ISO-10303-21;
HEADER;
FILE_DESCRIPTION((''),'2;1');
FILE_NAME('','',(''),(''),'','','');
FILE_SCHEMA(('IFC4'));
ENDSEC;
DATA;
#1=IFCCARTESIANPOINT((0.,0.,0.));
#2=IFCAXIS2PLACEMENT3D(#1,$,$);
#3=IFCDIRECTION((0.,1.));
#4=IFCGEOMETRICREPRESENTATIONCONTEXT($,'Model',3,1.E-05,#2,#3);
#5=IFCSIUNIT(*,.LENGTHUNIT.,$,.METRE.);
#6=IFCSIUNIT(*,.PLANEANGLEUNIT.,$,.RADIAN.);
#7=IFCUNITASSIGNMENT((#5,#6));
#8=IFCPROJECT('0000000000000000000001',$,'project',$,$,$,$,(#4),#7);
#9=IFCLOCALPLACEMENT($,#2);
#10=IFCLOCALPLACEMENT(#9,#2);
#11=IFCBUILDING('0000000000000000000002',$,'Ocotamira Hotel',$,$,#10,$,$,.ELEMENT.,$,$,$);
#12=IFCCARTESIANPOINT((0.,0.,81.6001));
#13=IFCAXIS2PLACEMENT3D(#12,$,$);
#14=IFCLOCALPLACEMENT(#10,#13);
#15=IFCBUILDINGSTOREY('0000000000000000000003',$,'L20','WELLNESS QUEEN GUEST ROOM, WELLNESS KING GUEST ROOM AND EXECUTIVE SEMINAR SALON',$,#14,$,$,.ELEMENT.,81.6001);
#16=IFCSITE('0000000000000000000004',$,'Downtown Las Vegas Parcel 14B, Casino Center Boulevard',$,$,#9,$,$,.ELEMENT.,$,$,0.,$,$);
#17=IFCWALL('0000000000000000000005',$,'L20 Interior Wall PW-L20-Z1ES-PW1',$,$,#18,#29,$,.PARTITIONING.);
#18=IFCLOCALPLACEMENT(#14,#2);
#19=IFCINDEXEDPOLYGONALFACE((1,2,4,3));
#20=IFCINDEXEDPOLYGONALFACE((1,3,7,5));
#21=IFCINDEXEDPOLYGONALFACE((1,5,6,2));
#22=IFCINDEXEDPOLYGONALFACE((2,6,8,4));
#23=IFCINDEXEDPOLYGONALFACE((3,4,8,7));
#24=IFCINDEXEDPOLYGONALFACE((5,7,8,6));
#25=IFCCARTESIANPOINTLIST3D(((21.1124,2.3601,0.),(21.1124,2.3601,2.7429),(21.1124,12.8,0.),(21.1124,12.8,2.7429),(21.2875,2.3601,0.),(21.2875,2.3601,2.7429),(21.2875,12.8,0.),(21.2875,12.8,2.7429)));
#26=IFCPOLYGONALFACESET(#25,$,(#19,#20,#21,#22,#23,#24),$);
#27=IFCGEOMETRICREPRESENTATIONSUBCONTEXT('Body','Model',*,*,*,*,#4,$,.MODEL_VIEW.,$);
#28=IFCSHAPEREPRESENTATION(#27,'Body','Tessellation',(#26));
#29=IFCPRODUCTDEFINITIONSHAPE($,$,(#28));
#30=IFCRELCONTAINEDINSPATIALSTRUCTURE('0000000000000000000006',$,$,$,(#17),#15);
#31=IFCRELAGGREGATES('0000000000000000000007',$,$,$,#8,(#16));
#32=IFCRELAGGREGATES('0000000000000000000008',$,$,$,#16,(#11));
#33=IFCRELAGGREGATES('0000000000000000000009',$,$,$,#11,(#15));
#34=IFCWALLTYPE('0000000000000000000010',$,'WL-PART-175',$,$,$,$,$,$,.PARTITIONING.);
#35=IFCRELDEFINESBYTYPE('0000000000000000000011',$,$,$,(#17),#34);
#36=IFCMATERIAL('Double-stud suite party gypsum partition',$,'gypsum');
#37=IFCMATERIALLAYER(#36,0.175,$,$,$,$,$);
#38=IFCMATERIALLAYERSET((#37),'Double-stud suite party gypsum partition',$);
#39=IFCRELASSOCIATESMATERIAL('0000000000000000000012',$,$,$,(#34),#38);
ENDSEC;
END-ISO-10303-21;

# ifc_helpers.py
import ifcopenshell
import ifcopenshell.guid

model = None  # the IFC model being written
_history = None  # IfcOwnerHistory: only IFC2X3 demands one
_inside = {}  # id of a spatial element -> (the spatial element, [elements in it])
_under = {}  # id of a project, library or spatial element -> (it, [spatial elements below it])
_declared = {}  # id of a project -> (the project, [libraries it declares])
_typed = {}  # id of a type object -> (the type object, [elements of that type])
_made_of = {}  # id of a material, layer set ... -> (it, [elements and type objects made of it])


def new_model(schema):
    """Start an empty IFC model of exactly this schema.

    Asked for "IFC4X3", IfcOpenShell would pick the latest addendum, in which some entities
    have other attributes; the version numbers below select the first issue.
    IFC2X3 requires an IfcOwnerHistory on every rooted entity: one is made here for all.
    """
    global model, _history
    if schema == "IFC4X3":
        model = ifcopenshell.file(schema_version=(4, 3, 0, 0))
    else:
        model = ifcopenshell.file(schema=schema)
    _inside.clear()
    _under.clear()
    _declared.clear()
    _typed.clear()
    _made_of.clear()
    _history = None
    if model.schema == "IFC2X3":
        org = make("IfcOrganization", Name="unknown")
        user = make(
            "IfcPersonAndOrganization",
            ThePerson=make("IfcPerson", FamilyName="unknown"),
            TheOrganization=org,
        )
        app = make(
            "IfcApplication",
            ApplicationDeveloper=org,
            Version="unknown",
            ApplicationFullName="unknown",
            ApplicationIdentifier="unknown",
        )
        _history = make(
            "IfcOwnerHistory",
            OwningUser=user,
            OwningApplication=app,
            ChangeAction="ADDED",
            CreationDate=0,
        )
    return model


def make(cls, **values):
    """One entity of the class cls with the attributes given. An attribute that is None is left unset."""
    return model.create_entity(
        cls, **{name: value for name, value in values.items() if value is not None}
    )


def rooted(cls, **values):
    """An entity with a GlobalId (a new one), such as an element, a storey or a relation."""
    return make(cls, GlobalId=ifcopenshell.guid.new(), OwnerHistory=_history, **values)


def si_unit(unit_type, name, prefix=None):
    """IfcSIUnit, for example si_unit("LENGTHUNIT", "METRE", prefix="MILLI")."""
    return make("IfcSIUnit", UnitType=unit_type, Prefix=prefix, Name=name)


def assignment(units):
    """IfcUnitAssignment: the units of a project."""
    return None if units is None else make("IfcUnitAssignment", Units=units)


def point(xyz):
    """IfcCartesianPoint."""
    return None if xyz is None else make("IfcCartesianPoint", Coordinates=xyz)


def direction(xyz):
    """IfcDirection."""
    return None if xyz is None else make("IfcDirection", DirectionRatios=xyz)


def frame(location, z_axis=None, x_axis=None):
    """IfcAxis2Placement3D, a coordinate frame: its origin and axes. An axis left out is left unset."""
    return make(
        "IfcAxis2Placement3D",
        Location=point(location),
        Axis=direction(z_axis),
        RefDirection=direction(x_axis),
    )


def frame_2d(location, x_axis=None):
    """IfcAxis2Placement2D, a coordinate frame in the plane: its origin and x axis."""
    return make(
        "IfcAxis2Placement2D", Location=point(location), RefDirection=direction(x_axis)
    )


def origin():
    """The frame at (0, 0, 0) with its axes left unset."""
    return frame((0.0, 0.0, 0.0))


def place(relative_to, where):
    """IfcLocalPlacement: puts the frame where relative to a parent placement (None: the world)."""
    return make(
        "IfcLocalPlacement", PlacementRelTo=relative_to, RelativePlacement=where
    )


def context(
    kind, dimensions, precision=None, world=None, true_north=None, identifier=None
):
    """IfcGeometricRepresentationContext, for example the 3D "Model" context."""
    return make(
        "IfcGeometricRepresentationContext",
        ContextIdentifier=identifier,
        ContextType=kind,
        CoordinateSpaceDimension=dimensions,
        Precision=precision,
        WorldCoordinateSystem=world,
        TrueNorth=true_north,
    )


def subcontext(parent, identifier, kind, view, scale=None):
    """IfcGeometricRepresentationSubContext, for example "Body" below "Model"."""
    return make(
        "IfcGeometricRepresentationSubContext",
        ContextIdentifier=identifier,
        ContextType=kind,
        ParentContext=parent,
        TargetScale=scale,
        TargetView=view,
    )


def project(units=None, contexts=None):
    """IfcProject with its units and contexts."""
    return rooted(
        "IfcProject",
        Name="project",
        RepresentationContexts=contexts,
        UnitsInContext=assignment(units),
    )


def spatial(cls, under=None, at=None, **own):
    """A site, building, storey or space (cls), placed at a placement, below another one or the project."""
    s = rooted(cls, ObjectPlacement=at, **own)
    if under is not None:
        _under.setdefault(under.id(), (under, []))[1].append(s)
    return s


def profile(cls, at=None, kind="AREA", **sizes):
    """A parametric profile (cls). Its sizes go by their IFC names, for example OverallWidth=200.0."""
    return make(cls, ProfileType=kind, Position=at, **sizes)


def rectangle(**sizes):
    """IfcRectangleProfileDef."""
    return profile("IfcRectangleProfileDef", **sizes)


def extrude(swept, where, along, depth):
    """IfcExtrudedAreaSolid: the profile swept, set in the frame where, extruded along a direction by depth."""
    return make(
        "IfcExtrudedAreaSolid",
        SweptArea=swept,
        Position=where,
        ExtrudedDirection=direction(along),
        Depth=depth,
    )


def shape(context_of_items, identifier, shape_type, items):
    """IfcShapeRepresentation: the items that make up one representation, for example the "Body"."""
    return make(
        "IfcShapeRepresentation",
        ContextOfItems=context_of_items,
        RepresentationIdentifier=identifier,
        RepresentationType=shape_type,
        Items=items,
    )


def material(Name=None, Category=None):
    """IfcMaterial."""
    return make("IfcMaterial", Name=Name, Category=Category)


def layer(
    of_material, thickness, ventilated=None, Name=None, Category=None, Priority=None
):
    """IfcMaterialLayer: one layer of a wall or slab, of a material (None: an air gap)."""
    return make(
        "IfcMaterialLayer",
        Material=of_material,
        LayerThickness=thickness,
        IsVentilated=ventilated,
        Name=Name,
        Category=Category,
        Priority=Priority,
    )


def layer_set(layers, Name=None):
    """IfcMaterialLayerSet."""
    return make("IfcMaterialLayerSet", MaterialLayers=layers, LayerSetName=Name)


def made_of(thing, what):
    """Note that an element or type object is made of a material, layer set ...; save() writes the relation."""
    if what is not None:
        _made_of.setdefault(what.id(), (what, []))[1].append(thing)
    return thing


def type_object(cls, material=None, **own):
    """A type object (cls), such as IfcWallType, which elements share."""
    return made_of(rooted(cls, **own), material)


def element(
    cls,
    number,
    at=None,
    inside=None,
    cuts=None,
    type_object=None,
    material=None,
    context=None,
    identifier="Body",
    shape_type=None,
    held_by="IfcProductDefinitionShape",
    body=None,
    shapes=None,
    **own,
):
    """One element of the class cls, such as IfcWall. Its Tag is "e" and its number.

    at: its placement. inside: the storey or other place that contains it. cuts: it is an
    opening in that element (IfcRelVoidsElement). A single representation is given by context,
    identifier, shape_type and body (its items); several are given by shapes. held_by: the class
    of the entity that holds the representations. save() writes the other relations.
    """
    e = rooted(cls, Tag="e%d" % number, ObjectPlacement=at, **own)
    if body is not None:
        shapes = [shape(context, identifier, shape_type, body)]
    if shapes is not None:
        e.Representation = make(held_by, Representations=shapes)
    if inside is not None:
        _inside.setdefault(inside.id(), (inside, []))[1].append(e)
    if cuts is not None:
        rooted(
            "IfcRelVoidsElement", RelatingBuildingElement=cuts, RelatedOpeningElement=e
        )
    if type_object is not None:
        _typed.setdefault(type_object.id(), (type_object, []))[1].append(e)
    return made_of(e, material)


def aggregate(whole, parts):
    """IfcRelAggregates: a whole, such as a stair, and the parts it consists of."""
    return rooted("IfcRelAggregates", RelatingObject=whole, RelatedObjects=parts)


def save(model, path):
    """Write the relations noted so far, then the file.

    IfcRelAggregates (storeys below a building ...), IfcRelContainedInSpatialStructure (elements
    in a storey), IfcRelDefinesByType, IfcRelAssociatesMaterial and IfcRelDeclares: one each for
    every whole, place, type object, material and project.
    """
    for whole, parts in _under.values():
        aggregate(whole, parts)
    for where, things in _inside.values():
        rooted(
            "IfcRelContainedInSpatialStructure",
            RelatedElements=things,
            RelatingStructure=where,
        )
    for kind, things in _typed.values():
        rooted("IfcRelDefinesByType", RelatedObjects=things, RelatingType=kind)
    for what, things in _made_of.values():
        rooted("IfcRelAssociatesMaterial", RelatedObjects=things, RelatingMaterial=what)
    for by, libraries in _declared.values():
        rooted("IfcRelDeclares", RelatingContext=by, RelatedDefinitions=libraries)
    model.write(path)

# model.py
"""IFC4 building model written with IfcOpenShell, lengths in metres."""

from ifc_helpers import new_model, si_unit, direction, frame, frame_2d, origin, place, context, subcontext, project, spatial, rectangle, extrude, material, layer, layer_set, type_object, element, save


model = new_model("IFC4")

# Units and contexts
model_context = context("Model", 3, precision=1e-05, world=origin(), true_north=direction((0.0, 1.0)))
body_context = subcontext(model_context, "Body", "Model", "MODEL_VIEW")
ifc_project = project(units=[si_unit("LENGTHUNIT", "METRE"), si_unit("PLANEANGLEUNIT", "RADIAN")], contexts=[model_context])

# Site, building, storey
site_placement = place(None, origin())
site = spatial("IfcSite", under=ifc_project, at=site_placement, Name="Downtown Las Vegas Parcel 14B, Casino Center Boulevard", CompositionType="ELEMENT", RefElevation=0.0)
building_placement = place(site_placement, origin())
building = spatial("IfcBuilding", under=site, at=building_placement, Name="Ocotamira Hotel", CompositionType="ELEMENT")
storey_placement = place(building_placement, frame((0.0, 0.0, 81.6001)))
storey = spatial("IfcBuildingStorey", under=building, at=storey_placement, Name="L20", Description="WELLNESS QUEEN GUEST ROOM, WELLNESS KING GUEST ROOM AND EXECUTIVE SEMINAR SALON", CompositionType="ELEMENT", Elevation=81.6001)

# Wall
ifc_material_1 = material(Name="Double-stud suite party gypsum partition", Category="gypsum")
ifc_layer_1 = layer(ifc_material_1, 0.175)
ifc_layer_set_1 = layer_set([ifc_layer_1], Name="Double-stud suite party gypsum partition")
wall_type_1 = type_object("IfcWallType", Name="WL-PART-175", PredefinedType="PARTITIONING", material=ifc_layer_set_1)
wall_1_placement = place(storey_placement, frame((21.2, 2.3601, 0.0), z_axis=(0.0, 0.0, 1.0), x_axis=(0.0, 1.0, 0.0)))
element("IfcWall", 1, at=wall_1_placement, inside=storey, type_object=wall_type_1, Name="L20 Interior Wall PW-L20-Z1ES-PW1", PredefinedType="PARTITIONING", context=body_context, shape_type="SweptSolid", body=[
    extrude(rectangle(XDim=10.4399, YDim=0.175, at=frame_2d((5.22, 0.0))), origin(), (0.0, 0.0, 1.0), 2.7429),
])

save(model, "model.ifc")
